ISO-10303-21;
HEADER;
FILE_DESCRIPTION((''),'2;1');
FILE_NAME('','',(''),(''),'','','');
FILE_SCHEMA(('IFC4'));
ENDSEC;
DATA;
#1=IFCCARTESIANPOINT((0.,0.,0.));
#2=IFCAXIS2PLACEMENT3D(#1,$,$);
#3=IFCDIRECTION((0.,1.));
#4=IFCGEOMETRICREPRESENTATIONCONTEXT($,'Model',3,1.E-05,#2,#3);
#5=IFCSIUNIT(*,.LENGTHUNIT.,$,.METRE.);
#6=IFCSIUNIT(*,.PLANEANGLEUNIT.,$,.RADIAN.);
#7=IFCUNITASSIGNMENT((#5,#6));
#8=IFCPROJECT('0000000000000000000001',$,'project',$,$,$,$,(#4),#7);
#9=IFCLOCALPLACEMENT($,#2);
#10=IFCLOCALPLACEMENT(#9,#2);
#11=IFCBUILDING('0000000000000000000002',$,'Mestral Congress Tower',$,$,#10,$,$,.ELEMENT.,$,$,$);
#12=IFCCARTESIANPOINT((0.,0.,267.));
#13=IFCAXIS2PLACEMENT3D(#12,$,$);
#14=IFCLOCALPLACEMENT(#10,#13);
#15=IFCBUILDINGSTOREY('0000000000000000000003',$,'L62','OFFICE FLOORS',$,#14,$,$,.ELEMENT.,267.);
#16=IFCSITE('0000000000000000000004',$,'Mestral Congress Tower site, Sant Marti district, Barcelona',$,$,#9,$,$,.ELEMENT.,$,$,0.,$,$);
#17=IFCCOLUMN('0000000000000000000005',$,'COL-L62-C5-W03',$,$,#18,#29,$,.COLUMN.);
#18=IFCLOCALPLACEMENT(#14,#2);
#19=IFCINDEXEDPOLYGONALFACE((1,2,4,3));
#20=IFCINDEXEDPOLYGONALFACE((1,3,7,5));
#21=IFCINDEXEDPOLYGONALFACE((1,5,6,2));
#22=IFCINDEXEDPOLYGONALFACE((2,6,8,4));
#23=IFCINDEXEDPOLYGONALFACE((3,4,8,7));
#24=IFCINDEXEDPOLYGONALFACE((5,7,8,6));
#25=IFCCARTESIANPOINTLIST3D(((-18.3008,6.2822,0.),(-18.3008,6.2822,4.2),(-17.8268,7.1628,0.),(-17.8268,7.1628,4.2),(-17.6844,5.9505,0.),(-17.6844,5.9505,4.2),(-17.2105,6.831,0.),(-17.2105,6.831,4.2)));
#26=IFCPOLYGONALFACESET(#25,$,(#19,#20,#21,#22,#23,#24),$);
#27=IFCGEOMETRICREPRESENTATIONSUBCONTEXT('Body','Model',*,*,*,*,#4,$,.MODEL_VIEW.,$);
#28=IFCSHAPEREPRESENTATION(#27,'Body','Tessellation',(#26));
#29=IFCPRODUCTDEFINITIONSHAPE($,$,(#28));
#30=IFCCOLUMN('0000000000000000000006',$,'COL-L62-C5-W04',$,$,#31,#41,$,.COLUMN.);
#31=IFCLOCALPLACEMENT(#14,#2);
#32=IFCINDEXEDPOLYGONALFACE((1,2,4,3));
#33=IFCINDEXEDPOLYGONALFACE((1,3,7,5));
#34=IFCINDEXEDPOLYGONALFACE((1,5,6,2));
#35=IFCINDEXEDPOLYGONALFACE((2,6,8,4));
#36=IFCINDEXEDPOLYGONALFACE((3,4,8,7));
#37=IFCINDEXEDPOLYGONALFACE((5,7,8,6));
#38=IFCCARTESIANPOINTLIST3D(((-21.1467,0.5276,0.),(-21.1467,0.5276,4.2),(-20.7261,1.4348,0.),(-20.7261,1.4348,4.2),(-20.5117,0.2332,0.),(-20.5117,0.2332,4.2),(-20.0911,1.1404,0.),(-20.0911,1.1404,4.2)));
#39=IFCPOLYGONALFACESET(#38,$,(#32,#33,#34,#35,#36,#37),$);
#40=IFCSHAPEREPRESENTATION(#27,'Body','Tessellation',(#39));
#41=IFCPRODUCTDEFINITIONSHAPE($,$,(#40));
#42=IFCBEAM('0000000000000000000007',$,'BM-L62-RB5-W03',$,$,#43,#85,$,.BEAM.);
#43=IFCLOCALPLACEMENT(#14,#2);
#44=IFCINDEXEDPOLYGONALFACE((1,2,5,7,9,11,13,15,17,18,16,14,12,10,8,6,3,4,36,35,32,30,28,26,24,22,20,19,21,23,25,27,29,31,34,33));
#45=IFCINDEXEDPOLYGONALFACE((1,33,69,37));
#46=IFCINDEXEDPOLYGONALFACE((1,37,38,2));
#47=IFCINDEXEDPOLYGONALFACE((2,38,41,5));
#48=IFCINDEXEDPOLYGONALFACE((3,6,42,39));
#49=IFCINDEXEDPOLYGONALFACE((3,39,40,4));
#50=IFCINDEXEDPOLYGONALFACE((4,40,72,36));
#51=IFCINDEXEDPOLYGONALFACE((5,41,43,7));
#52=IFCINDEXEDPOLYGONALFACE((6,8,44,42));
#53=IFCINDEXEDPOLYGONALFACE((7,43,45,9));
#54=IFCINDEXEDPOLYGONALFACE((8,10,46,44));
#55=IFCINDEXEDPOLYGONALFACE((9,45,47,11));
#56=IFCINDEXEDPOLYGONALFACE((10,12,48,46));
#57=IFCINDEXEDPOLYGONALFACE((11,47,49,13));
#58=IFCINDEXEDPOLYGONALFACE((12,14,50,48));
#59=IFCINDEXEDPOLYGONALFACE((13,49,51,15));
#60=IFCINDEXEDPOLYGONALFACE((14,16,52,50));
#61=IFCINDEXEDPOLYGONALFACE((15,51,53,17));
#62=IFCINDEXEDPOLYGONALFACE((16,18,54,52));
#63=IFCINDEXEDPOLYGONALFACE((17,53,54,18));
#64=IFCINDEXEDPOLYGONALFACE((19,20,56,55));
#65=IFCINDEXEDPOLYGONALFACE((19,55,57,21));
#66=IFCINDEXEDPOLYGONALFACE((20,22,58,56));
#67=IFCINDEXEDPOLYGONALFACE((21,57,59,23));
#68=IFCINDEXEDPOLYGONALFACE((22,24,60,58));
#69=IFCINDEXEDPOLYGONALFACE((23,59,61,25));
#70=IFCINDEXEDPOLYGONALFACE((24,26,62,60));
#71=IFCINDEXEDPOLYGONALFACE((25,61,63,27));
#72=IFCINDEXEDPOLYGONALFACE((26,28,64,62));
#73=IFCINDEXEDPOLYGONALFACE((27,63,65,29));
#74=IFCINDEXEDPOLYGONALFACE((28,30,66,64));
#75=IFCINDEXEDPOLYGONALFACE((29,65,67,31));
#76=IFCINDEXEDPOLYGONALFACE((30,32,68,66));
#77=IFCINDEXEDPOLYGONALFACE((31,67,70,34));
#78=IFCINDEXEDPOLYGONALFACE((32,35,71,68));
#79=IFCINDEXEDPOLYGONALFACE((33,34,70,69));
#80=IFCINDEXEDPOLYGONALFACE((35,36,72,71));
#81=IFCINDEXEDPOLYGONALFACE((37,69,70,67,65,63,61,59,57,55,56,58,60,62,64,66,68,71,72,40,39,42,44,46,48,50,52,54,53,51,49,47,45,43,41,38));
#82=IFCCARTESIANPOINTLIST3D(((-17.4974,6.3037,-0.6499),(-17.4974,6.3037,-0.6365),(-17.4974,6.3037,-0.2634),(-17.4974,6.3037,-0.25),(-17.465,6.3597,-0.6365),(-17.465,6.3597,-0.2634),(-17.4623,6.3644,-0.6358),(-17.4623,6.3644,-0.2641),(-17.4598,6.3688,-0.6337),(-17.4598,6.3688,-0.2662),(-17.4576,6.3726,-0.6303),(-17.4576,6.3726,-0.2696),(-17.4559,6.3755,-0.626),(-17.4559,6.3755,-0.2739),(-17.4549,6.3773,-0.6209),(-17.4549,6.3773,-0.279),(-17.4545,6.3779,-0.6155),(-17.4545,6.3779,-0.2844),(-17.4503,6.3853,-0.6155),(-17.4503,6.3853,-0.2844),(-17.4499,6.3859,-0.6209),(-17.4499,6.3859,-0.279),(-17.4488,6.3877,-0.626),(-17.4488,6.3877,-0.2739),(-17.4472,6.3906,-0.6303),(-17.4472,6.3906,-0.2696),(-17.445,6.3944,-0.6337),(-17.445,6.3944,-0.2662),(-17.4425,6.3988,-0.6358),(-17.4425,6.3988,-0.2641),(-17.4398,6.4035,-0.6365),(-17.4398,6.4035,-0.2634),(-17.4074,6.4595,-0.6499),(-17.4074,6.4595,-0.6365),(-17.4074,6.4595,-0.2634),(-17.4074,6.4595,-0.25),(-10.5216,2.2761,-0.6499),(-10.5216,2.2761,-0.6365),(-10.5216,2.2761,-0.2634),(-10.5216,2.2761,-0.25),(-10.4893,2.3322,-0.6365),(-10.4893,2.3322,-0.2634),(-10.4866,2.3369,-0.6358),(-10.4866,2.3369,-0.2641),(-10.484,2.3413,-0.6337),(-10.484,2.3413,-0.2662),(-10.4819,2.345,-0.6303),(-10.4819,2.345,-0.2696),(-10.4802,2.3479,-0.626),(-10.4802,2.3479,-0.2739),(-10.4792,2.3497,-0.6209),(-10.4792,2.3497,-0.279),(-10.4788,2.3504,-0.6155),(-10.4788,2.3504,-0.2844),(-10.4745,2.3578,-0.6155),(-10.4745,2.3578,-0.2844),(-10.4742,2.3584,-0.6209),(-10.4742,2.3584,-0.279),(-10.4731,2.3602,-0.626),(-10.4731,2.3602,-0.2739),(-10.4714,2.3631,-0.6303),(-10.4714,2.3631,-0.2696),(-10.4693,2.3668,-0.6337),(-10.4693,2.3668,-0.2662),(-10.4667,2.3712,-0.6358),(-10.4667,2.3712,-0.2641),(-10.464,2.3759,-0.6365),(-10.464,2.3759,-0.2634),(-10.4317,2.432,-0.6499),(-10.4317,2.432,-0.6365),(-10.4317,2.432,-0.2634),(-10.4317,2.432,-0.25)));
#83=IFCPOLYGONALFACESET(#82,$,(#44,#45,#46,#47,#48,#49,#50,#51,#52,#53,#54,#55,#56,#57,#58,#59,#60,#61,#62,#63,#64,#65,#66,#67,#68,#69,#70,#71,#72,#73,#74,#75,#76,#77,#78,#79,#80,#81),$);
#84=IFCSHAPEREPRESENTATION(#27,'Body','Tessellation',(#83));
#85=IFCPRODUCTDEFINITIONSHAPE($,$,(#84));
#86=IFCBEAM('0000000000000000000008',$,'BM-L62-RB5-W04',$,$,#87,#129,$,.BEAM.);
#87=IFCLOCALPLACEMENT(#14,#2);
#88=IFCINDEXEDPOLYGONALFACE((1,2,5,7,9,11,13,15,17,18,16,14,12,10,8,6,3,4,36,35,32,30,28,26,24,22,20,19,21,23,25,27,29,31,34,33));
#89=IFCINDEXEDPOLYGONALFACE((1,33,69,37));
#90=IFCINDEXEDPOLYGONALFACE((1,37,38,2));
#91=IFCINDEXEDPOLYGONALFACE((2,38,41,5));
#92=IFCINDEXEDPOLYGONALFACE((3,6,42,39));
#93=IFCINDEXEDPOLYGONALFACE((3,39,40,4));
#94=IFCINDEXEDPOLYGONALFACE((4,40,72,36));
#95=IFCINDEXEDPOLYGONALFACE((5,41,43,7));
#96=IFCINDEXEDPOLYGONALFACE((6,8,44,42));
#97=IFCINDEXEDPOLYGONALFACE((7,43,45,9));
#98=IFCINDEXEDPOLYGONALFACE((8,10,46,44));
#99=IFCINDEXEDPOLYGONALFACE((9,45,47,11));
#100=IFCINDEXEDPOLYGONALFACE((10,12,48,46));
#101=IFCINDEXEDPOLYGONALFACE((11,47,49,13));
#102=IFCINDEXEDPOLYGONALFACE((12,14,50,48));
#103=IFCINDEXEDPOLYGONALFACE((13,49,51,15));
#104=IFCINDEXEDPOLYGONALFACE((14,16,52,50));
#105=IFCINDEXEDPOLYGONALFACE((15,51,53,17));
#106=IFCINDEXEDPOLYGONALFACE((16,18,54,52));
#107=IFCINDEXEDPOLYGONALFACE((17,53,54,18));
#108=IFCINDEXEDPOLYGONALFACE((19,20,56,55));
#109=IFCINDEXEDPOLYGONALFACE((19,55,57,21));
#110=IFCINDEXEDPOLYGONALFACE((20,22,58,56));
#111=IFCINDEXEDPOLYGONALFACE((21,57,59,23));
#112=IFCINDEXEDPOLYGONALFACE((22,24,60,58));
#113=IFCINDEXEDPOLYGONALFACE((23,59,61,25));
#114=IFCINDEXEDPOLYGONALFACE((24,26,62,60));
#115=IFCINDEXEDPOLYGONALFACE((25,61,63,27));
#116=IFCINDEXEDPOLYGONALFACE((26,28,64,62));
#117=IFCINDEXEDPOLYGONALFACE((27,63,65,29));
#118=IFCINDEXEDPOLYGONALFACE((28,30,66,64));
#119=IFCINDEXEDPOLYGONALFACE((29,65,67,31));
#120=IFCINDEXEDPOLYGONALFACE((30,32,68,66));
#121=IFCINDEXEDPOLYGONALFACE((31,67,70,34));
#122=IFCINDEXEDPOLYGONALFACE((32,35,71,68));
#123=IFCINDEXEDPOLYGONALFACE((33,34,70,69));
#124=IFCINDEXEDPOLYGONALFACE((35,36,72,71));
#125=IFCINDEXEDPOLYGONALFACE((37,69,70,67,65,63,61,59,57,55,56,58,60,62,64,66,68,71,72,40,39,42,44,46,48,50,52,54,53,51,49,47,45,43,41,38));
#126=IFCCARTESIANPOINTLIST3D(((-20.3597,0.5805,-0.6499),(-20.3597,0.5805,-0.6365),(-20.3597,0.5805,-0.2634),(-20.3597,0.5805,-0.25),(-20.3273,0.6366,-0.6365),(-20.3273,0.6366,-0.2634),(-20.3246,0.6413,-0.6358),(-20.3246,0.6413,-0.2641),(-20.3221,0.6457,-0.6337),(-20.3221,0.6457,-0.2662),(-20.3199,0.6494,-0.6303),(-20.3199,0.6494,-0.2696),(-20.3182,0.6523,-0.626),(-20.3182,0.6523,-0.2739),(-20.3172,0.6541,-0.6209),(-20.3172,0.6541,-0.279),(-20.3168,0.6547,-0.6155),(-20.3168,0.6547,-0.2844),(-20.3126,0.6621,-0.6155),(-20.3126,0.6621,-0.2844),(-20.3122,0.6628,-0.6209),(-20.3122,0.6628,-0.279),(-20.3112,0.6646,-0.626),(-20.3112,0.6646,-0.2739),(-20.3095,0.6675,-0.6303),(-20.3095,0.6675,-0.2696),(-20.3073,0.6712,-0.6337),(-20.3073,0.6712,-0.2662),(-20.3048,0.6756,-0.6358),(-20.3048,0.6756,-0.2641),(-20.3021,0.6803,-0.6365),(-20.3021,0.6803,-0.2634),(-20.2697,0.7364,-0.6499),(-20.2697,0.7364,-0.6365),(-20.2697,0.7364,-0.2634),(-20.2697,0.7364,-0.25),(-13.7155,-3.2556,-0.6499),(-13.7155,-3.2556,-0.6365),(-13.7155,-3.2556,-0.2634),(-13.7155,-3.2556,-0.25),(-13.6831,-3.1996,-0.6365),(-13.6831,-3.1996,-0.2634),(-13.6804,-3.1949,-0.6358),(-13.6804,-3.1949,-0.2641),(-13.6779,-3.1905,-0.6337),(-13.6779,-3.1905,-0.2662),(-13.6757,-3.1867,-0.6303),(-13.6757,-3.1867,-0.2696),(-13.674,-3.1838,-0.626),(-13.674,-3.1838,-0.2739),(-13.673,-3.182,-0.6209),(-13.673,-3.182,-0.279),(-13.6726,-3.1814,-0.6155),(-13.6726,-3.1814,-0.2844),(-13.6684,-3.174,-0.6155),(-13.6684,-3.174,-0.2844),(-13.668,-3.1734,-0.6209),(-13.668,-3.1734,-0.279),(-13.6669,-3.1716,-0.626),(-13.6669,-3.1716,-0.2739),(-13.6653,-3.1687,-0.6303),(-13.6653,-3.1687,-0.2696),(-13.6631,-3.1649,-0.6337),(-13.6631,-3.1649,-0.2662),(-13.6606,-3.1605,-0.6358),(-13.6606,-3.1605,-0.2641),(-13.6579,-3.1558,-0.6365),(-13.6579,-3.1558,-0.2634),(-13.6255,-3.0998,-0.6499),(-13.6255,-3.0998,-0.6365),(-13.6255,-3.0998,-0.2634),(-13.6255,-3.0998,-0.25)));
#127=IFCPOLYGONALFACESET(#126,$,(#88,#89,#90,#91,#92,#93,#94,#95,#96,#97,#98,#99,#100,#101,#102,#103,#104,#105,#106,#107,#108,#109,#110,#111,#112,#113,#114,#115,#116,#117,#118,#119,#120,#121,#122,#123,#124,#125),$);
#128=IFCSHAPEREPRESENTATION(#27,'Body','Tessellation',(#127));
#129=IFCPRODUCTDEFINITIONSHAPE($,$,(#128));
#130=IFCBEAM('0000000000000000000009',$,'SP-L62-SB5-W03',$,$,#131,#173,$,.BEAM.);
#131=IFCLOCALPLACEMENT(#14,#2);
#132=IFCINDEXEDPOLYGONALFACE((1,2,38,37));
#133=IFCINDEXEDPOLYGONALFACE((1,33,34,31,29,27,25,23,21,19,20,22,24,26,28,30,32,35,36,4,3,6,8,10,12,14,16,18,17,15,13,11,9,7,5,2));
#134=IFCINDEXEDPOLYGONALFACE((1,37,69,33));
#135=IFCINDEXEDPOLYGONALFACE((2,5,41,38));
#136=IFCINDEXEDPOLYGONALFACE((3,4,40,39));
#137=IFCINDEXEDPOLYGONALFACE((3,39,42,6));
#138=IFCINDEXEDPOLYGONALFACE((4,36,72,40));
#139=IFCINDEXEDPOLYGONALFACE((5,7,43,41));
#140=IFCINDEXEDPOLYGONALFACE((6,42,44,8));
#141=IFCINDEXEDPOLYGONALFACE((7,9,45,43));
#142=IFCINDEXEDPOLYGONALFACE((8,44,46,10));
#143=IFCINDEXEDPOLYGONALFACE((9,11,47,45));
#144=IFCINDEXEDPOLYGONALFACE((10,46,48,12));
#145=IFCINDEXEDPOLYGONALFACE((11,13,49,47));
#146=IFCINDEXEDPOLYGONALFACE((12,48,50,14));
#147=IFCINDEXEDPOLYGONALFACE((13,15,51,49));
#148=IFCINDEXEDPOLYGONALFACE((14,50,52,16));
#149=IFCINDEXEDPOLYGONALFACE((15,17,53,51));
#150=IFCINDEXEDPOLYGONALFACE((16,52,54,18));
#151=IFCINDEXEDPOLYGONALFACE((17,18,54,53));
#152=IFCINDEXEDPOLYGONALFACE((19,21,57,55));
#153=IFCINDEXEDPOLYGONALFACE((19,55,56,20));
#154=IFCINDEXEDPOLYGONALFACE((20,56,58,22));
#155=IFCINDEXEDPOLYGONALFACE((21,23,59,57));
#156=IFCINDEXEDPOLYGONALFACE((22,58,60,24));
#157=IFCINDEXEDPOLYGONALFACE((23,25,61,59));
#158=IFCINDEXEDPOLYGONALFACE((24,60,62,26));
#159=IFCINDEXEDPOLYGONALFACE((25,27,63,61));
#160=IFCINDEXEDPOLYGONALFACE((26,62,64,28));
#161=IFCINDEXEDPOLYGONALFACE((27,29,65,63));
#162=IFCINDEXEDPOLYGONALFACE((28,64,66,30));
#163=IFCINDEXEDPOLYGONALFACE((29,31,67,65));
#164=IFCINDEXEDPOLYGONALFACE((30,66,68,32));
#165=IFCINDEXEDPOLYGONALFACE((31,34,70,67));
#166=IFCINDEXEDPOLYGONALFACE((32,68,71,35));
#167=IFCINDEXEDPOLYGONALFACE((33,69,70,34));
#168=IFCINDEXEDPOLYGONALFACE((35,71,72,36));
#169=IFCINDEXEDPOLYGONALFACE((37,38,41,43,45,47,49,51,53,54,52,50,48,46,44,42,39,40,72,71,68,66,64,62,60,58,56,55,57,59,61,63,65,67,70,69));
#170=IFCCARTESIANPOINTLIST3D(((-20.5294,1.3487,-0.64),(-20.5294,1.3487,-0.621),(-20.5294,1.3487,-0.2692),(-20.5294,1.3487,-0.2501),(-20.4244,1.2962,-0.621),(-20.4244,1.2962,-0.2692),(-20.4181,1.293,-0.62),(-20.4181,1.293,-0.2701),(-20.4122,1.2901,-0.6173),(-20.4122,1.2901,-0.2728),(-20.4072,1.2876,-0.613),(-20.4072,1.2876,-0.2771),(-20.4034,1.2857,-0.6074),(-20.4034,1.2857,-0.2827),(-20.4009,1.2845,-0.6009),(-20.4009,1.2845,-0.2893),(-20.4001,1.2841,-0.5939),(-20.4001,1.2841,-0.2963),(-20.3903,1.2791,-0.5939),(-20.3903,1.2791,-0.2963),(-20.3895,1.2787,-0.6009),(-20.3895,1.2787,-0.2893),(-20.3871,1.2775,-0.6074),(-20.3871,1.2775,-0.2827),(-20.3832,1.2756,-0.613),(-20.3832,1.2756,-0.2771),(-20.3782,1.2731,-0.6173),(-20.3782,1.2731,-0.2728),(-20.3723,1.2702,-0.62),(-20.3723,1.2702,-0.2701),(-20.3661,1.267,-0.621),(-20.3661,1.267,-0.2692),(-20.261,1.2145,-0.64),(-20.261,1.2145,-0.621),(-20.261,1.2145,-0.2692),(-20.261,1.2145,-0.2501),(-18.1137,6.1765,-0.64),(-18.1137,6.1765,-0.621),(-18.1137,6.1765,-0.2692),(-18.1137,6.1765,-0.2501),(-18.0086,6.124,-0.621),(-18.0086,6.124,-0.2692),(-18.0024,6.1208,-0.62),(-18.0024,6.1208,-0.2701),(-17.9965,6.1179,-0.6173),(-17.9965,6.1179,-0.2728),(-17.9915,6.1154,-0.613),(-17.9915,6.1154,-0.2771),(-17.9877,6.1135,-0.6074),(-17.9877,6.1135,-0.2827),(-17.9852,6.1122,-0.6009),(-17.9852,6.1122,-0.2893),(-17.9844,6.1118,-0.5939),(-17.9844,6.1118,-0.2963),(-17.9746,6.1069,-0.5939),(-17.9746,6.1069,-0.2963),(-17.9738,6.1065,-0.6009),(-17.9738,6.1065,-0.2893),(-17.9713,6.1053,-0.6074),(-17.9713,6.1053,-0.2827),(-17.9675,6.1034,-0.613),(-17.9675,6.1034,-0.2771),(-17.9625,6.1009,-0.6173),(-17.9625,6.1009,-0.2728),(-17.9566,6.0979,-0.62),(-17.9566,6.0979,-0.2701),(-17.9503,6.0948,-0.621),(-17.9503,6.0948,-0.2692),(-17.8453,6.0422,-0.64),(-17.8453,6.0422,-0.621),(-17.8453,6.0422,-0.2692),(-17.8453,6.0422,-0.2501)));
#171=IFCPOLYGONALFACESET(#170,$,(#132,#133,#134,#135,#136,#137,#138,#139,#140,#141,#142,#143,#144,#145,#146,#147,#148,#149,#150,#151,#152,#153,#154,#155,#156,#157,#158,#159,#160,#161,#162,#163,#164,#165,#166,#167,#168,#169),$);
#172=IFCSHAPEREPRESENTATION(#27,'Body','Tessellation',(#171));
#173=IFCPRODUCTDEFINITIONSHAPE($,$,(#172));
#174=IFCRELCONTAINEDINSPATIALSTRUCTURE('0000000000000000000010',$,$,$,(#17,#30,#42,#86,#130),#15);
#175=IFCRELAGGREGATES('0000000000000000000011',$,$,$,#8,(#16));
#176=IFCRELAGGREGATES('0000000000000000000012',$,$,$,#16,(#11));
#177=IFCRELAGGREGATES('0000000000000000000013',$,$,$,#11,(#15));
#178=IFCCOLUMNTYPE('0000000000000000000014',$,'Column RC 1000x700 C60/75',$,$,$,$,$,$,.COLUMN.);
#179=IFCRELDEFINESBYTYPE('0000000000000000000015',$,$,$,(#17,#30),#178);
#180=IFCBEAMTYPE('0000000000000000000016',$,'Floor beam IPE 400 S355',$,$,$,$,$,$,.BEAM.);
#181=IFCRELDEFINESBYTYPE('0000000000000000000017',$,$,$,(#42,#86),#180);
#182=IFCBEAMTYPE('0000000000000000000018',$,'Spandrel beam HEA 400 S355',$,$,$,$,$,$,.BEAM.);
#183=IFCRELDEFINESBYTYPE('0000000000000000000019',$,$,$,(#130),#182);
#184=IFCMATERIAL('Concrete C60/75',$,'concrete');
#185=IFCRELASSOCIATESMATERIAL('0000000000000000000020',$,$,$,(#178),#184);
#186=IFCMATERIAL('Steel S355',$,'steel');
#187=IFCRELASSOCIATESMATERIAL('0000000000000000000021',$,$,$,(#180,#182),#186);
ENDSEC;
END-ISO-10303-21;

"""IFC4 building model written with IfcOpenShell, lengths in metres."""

from ifc_helpers import new_model, si_unit, direction, frame, origin, origin_2d, place, context, subcontext, project, spatial, rectangle, i_section, extrude, material, material_profile, profile_set, type_object, element, save


model = new_model("IFC4")

# Units and contexts
model_context = context("Model", 3, precision=1e-05, world=origin(), true_north=direction((0.0, 1.0)))
body_context = subcontext(model_context, "Body", "Model", "MODEL_VIEW")
ifc_project = project(units=[si_unit("LENGTHUNIT", "METRE"), si_unit("PLANEANGLEUNIT", "RADIAN")], contexts=[model_context])

# Site, building, storey
site_placement = place(None, origin())
site = spatial("IfcSite", under=ifc_project, at=site_placement, Name="Mestral Congress Tower site, Sant Marti district, Barcelona", CompositionType="ELEMENT", RefElevation=0.0)
building_placement = place(site_placement, origin())
building = spatial("IfcBuilding", under=site, at=building_placement, Name="Mestral Congress Tower", CompositionType="ELEMENT")
storey_placement = place(building_placement, frame((0.0, 0.0, 267.0)))
storey = spatial("IfcBuildingStorey", under=building, at=storey_placement, Name="L62", Description="OFFICE FLOORS", CompositionType="ELEMENT", Elevation=267.0)

# Columns
ifc_material_1 = material(Name="Concrete C60/75", Category="concrete")
ifc_material_profile_1 = material_profile(ifc_material_1, rectangle(XDim=1.0, YDim=0.7, at=origin_2d()), Name="RC 1000x700")
ifc_profile_set_1 = profile_set([ifc_material_profile_1], Name="Concrete C60/75")
column_type = type_object("IfcColumnType", Name="Column RC 1000x700 C60/75", PredefinedType="COLUMN", material=ifc_profile_set_1)
for number, where, z_axis, x_axis, name in (
    (1, (-17.7556, 6.5566, 0.0), (0.0, 0.0, 1.0), (-0.473945, -0.880554, 0.0), "COL-L62-C5-W03"),
    (2, (-20.6189, 0.834, 0.0), (0.0, 0.0, 1.0), (-0.420596, -0.907248, 0.0), "COL-L62-C5-W04"),
):
    element("IfcColumn", number, at=place(storey_placement, frame(where, z_axis=z_axis, x_axis=x_axis)), inside=storey, type_object=column_type, Name=name, PredefinedType="COLUMN", context=body_context, shape_type="SweptSolid", body=[
        extrude(rectangle(XDim=1.0, YDim=0.7, at=origin_2d()), origin(), (0.0, 0.0, 1.0), 4.2),
    ])

# Beams
ifc_material_2 = material(Name="Steel S355", Category="steel")
ifc_material_profile_2 = material_profile(ifc_material_2, i_section(OverallWidth=0.1799, OverallDepth=0.3999, WebThickness=0.0085, FlangeThickness=0.0134, FilletRadius=0.021, at=origin_2d()), Name="IPE 400")
ifc_profile_set_2 = profile_set([ifc_material_profile_2], Name="Steel S355")
beam_type_1 = type_object("IfcBeamType", Name="Floor beam IPE 400 S355", PredefinedType="BEAM", material=ifc_profile_set_2)
beam_1_placement = place(storey_placement, frame((-17.4524, 6.3816, -0.45), z_axis=(0.866021, -0.500008, 0.0), x_axis=(0.500008, 0.866021, 0.0)))
element("IfcBeam", 3, at=beam_1_placement, inside=storey, type_object=beam_type_1, Name="BM-L62-RB5-W03", PredefinedType="BEAM", context=body_context, shape_type="SweptSolid", body=[
    extrude(i_section(OverallWidth=0.1799, OverallDepth=0.3999, WebThickness=0.0085, FlangeThickness=0.0134, FilletRadius=0.021, at=origin_2d()), origin(), (0.0, 0.0, 1.0), 8.0549),
])
beam_2_placement = place(storey_placement, frame((-20.3147, 0.6584, -0.45), z_axis=(0.86602, -0.50001, 0.0), x_axis=(0.50001, 0.86602, 0.0)))
element("IfcBeam", 4, at=beam_2_placement, inside=storey, type_object=beam_type_1, Name="BM-L62-RB5-W04", PredefinedType="BEAM", context=body_context, shape_type="SweptSolid", body=[
    extrude(i_section(OverallWidth=0.1799, OverallDepth=0.3999, WebThickness=0.0085, FlangeThickness=0.0134, FilletRadius=0.021, at=origin_2d()), origin(), (0.0, 0.0, 1.0), 7.6721),
])
ifc_material_profile_3 = material_profile(ifc_material_2, i_section(OverallWidth=0.3, OverallDepth=0.3899, WebThickness=0.011, FlangeThickness=0.019, FilletRadius=0.0271, at=origin_2d()), Name="HEA 400")
ifc_profile_set_3 = profile_set([ifc_material_profile_3], Name="Steel S355")
beam_type_2 = type_object("IfcBeamType", Name="Spandrel beam HEA 400 S355", PredefinedType="BEAM", material=ifc_profile_set_3)
beam_3_placement = place(storey_placement, frame((-17.9795, 6.1094, -0.4451), z_axis=(-0.447485, -0.894291, 0.0), x_axis=(0.894291, -0.447485, 0.0)))
element("IfcBeam", 5, at=beam_3_placement, inside=storey, type_object=beam_type_2, Name="SP-L62-SB5-W03", PredefinedType="BEAM", context=body_context, shape_type="SweptSolid", body=[
    extrude(i_section(OverallWidth=0.3, OverallDepth=0.3899, WebThickness=0.011, FlangeThickness=0.019, FilletRadius=0.0271, at=origin_2d()), origin(), (0.0, 0.0, 1.0), 5.3984),
])

save(model, "model.ifc")
